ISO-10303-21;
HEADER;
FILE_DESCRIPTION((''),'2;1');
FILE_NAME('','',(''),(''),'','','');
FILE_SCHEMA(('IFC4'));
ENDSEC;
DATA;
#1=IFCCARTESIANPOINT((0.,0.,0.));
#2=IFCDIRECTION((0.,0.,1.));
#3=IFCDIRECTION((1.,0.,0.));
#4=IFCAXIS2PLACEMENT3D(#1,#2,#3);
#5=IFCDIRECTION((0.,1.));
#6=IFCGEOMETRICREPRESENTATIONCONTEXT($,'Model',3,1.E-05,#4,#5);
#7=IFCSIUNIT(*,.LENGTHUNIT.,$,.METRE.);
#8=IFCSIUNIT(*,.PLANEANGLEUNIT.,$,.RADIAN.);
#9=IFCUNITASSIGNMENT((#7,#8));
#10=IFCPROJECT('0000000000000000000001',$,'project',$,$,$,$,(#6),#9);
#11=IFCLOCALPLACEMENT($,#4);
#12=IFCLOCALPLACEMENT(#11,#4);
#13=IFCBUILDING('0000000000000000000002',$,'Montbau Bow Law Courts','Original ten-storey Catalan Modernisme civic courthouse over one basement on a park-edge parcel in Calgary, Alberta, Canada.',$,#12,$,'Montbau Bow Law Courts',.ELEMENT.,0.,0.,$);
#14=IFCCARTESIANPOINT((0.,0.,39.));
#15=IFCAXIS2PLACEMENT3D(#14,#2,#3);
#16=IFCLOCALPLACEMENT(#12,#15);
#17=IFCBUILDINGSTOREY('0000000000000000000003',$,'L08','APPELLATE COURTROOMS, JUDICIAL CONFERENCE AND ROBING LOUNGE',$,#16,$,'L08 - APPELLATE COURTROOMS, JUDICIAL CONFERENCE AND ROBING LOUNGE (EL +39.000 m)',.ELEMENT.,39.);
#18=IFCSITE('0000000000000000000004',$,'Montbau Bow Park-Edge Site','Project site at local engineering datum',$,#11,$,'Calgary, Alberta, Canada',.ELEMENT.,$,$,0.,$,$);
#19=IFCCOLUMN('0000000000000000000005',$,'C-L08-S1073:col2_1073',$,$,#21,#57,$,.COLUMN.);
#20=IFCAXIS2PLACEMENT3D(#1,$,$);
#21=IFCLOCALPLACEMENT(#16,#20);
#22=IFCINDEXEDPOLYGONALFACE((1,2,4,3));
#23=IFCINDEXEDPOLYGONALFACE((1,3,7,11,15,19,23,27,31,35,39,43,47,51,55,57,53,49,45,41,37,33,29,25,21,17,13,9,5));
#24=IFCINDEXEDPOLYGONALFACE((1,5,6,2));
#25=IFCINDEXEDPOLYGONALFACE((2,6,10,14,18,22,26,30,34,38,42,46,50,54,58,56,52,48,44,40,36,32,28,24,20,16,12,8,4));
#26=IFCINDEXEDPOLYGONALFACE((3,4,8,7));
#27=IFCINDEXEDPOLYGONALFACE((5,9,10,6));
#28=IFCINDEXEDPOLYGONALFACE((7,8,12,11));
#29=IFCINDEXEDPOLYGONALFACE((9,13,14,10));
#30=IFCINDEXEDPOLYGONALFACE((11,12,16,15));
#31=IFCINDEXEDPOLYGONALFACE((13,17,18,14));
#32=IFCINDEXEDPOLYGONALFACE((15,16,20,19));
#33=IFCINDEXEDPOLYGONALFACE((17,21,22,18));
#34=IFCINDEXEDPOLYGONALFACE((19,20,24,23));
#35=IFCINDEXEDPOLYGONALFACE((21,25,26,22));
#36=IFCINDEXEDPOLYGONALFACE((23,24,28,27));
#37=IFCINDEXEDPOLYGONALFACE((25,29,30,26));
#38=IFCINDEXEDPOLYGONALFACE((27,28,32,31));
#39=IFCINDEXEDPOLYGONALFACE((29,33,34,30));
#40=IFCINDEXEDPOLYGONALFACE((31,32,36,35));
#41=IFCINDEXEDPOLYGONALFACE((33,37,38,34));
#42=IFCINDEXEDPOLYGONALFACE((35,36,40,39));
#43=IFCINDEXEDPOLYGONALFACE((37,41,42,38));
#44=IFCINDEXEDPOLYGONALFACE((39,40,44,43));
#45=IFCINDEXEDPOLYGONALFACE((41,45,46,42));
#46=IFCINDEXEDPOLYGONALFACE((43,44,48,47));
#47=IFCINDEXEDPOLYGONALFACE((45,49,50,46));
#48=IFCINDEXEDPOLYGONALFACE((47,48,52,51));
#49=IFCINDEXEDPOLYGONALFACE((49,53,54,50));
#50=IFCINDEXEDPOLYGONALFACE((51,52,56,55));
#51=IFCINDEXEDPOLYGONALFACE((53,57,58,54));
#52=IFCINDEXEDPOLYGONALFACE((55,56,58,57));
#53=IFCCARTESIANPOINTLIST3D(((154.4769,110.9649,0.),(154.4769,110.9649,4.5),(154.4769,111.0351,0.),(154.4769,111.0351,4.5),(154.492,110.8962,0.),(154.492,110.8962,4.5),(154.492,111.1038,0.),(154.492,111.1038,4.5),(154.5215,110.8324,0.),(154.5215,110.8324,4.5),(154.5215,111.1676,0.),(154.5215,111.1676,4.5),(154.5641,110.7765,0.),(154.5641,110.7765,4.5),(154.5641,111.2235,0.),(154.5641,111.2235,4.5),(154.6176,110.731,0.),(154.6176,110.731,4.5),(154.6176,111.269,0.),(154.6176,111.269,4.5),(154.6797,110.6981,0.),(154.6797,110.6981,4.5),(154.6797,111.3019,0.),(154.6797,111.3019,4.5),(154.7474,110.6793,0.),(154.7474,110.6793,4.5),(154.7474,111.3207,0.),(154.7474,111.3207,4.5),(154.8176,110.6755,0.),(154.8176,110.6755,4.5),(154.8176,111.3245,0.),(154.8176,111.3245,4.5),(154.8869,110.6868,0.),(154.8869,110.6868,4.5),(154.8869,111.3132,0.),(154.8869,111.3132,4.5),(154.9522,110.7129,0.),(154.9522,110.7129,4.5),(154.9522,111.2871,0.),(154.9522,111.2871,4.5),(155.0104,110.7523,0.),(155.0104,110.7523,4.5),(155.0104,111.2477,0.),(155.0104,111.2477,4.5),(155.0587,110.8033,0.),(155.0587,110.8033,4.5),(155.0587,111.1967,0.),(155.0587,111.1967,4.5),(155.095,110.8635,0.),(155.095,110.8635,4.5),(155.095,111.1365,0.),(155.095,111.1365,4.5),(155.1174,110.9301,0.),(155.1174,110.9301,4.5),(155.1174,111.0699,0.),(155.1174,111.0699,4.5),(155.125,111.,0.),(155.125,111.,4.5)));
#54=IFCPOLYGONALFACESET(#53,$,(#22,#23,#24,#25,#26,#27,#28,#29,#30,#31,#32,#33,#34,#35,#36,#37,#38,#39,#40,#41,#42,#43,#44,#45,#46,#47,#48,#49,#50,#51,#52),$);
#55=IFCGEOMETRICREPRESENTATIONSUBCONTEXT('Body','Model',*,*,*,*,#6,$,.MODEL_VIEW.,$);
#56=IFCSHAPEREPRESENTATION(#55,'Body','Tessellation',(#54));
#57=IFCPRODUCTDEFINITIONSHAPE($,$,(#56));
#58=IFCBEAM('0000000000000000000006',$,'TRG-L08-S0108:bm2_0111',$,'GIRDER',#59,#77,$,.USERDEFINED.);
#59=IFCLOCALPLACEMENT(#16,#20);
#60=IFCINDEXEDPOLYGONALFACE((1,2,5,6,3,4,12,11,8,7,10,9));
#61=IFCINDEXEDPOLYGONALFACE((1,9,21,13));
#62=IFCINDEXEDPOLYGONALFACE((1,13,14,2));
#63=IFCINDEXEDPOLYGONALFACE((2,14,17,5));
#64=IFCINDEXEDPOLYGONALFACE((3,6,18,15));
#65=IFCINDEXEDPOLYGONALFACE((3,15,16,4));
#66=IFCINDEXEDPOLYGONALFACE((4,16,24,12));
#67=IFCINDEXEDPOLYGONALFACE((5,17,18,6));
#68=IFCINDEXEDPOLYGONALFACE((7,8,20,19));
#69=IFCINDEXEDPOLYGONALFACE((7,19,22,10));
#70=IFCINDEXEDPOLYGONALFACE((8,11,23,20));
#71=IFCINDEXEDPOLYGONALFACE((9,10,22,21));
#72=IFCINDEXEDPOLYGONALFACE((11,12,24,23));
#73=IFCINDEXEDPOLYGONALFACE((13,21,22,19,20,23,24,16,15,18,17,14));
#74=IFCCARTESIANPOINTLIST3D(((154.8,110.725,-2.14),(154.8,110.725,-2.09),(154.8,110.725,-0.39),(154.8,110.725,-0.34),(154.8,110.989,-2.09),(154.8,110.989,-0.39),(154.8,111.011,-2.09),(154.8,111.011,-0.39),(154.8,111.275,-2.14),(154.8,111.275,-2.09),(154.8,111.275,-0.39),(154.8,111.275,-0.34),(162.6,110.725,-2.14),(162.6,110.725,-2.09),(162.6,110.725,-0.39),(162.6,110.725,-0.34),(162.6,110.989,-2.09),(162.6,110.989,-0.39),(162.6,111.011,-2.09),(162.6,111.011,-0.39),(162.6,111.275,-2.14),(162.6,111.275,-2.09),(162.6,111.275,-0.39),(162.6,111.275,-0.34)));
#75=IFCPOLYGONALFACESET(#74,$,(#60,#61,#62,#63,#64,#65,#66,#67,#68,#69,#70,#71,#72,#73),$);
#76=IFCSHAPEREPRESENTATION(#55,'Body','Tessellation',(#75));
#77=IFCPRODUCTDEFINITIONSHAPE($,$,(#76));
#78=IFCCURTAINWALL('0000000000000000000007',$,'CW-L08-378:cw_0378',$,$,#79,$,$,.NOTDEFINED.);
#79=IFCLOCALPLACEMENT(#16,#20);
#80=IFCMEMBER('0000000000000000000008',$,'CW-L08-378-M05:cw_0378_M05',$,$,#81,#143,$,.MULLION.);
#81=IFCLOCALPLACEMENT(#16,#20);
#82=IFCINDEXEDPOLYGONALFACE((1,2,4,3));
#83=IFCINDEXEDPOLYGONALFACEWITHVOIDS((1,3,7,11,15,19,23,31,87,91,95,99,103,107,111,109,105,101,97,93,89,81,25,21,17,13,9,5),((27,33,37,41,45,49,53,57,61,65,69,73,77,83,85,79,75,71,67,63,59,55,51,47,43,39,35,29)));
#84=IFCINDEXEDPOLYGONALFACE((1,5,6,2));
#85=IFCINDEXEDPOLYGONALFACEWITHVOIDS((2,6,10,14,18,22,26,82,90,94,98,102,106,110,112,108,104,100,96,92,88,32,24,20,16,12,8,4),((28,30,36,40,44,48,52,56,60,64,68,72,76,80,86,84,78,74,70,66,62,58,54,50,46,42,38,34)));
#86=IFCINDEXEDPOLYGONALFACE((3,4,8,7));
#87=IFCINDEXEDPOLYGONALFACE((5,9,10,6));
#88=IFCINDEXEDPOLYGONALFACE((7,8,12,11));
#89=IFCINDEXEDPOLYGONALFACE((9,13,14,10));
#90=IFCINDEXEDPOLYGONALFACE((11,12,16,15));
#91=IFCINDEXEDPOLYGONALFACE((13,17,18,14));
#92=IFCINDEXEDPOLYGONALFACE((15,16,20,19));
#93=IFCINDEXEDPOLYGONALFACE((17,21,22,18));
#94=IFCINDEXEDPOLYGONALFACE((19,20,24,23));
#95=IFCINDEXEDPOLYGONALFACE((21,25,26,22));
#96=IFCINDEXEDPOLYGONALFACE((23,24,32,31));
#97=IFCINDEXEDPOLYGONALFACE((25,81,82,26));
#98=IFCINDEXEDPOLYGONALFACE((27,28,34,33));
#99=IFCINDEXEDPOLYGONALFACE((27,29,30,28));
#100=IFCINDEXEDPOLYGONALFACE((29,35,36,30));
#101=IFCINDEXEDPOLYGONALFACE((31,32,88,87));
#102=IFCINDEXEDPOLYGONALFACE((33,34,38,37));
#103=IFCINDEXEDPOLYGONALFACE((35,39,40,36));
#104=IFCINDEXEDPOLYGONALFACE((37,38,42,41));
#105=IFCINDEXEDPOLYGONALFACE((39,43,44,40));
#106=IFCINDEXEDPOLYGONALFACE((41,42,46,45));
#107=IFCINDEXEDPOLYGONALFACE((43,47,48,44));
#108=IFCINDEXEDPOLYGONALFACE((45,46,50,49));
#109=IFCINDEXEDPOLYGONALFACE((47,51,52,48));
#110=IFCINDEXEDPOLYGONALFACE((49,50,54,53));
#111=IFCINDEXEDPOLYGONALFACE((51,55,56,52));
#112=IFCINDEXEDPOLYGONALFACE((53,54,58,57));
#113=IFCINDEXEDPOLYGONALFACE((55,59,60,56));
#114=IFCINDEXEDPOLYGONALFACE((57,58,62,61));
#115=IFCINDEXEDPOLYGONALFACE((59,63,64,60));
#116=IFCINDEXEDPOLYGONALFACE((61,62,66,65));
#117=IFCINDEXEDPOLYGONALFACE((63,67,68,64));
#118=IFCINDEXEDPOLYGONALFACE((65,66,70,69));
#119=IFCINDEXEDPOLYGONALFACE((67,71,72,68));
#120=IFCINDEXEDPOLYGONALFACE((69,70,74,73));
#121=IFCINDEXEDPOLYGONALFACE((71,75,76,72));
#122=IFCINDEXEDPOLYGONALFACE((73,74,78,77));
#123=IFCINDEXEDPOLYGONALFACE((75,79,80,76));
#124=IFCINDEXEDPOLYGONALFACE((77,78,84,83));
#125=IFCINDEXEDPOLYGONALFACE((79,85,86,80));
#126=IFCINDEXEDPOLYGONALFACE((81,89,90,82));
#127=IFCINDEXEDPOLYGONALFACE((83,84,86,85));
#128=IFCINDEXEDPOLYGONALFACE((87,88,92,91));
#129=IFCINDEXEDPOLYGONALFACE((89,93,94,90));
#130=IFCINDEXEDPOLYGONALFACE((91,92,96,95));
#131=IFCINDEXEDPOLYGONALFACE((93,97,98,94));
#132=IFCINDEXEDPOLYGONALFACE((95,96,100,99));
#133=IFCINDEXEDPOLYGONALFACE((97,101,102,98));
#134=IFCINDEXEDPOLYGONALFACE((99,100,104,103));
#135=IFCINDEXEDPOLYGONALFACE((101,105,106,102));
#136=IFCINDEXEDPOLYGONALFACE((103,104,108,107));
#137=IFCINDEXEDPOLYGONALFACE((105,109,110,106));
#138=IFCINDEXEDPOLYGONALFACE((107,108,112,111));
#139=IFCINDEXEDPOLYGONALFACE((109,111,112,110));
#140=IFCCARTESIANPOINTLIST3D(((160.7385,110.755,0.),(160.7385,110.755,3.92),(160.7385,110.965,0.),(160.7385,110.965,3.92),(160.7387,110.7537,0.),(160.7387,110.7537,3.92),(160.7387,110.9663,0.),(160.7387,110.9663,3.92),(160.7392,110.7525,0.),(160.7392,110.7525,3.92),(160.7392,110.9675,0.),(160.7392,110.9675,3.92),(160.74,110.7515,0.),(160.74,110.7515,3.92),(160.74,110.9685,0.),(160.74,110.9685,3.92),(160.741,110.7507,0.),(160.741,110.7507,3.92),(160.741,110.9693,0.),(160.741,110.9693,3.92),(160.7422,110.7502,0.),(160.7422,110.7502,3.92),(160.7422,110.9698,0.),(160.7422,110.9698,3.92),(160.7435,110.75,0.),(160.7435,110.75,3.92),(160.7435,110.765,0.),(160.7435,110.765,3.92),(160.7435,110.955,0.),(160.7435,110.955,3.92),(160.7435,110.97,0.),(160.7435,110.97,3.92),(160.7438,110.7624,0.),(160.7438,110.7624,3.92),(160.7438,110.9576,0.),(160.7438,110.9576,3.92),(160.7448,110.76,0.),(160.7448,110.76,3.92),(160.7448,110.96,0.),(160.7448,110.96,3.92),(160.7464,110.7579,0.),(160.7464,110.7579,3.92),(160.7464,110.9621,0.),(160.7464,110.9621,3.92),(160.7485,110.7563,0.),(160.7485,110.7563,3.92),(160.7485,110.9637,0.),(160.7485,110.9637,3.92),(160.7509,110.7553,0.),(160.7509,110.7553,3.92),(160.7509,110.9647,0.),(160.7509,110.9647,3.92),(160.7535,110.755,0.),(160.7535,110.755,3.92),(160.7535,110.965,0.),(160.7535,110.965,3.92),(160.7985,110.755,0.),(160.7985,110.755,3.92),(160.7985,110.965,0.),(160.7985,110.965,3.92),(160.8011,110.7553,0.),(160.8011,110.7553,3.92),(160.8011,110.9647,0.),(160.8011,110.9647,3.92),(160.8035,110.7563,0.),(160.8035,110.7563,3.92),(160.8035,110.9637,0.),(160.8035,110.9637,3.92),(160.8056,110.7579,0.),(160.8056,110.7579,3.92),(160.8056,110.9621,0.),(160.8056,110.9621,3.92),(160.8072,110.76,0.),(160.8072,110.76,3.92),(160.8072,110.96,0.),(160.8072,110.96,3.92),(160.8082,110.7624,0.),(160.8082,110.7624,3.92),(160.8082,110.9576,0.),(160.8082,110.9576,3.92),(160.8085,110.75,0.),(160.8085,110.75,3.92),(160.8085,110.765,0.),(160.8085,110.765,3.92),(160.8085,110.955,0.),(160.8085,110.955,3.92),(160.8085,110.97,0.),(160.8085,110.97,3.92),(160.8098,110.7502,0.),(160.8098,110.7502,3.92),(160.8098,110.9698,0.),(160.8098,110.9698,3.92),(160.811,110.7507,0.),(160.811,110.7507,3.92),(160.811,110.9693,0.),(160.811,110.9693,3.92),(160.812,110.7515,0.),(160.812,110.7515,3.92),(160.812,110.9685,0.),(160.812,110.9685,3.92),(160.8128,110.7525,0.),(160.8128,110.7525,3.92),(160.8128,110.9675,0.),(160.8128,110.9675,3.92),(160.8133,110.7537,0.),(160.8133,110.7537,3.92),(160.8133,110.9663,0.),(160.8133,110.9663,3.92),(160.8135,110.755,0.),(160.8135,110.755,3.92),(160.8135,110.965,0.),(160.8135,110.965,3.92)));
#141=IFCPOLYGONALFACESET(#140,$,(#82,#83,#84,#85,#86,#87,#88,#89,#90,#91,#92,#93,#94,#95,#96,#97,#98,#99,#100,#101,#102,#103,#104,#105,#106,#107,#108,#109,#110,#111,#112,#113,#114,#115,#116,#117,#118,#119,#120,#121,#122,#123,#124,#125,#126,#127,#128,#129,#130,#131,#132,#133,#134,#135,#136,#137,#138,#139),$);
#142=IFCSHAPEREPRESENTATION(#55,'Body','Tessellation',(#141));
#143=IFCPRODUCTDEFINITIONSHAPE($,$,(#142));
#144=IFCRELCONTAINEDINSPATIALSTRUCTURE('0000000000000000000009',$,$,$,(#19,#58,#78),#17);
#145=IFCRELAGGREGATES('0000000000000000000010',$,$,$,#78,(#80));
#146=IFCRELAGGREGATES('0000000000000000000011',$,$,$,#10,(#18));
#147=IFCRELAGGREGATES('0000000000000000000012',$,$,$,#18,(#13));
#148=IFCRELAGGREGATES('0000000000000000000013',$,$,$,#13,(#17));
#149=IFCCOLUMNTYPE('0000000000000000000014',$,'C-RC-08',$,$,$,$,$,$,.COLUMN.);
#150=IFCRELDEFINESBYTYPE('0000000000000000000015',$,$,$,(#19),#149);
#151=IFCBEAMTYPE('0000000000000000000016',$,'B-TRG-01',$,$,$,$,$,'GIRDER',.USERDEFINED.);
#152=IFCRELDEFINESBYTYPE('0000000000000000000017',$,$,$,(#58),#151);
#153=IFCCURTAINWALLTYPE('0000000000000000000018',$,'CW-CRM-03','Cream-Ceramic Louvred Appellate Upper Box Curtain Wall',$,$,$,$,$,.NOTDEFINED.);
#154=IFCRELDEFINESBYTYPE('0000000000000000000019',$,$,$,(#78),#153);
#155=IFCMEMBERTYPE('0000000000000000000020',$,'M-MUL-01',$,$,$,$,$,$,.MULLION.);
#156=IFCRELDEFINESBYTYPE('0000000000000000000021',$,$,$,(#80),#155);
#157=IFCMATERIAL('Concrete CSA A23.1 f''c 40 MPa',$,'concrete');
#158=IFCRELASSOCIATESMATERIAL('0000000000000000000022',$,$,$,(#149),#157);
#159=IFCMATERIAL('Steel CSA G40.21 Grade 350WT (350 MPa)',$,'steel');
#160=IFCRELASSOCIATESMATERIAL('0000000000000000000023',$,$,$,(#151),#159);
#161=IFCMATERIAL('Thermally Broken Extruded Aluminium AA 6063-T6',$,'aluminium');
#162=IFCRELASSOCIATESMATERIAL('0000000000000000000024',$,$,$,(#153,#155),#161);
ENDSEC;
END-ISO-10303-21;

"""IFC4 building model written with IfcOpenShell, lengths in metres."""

from ifc_helpers import new_model, si_unit, direction, frame, origin_with_axes, origin_2d_with_axis, place, context, subcontext, project, spatial, hollow_rectangle, circle, i_section, extrude, material, material_profile, profile_set, type_object, element, aggregate, save


model = new_model("IFC4")

# Units and contexts
model_context = context("Model", 3, precision=1e-05, world=origin_with_axes(), true_north=direction((0.0, 1.0)))
body_context = subcontext(model_context, "Body", "Model", "MODEL_VIEW")
ifc_project = project(units=[si_unit("LENGTHUNIT", "METRE"), si_unit("PLANEANGLEUNIT", "RADIAN")], contexts=[model_context])

# Site, building, storey
site_placement = place(None, origin_with_axes())
site = spatial("IfcSite", under=ifc_project, at=site_placement, Name="Montbau Bow Park-Edge Site", Description="Project site at local engineering datum", LongName="Calgary, Alberta, Canada", CompositionType="ELEMENT", RefElevation=0.0)
building_placement = place(site_placement, origin_with_axes())
building = spatial("IfcBuilding", under=site, at=building_placement, Name="Montbau Bow Law Courts", Description="Original ten-storey Catalan Modernisme civic courthouse over one basement on a park-edge parcel in Calgary, Alberta, Canada.", LongName="Montbau Bow Law Courts", CompositionType="ELEMENT", ElevationOfRefHeight=0.0, ElevationOfTerrain=0.0)
storey_placement = place(building_placement, frame((0.0, 0.0, 39.0), z_axis=(0.0, 0.0, 1.0), x_axis=(1.0, 0.0, 0.0)))
storey = spatial("IfcBuildingStorey", under=building, at=storey_placement, Name="L08", Description="APPELLATE COURTROOMS, JUDICIAL CONFERENCE AND ROBING LOUNGE", LongName="L08 - APPELLATE COURTROOMS, JUDICIAL CONFERENCE AND ROBING LOUNGE (EL +39.000 m)", CompositionType="ELEMENT", Elevation=39.0)

# Column
ifc_material_1 = material(Name="Concrete CSA A23.1 f'c 40 MPa", Category="concrete")
ifc_material_profile_1 = material_profile(ifc_material_1, circle(Radius=0.325, at=origin_2d_with_axis()), Name="RC650D", Category="Main", Priority=0)
ifc_profile_set_1 = profile_set([ifc_material_profile_1], Name="Concrete CSA A23.1 f'c 40 MPa")
column_type = type_object("IfcColumnType", Name="C-RC-08", PredefinedType="COLUMN", material=ifc_profile_set_1)
column_placement = place(None, frame((154.8, 111.0, 39.0), z_axis=(0.0, 0.0, 1.0), x_axis=(1.0, 0.0, 0.0)))
element("IfcColumn", 1, at=column_placement, inside=storey, type_object=column_type, Name="C-L08-S1073:col2_1073", PredefinedType="COLUMN", context=body_context, shape_type="SweptSolid", body=[
    extrude(circle(Radius=0.325, at=origin_2d_with_axis()), origin_with_axes(), (0.0, 0.0, 1.0), 4.5),
])

# Beam
ifc_material_2 = material(Name="Steel CSA G40.21 Grade 350WT (350 MPa)", Category="steel")
ifc_material_profile_2 = material_profile(ifc_material_2, i_section(OverallWidth=0.55, OverallDepth=1.8, WebThickness=0.022, FlangeThickness=0.05, at=origin_2d_with_axis()), Name="WWF1800X550", Category="Main", Priority=0)
ifc_profile_set_2 = profile_set([ifc_material_profile_2], Name="Steel CSA G40.21 Grade 350WT (350 MPa)")
beam_type = type_object("IfcBeamType", Name="B-TRG-01", ElementType="GIRDER", PredefinedType="USERDEFINED", material=ifc_profile_set_2)
beam_placement = place(None, frame((154.8, 111.0, 37.76), z_axis=(1.0, 0.0, 0.0), x_axis=(0.0, 1.0, 0.0)))
element("IfcBeam", 2, at=beam_placement, inside=storey, type_object=beam_type, Name="TRG-L08-S0108:bm2_0111", ObjectType="GIRDER", PredefinedType="USERDEFINED", context=body_context, shape_type="SweptSolid", body=[
    extrude(i_section(OverallWidth=0.55, OverallDepth=1.8, WebThickness=0.022, FlangeThickness=0.05, at=origin_2d_with_axis()), origin_with_axes(), (0.0, 0.0, 1.0), 7.8),
])

# Curtain wall, member
ifc_material_3 = material(Name="Thermally Broken Extruded Aluminium AA 6063-T6", Category="aluminium")
curtain_wall_type = type_object("IfcCurtainWallType", Name="CW-CRM-03", Description="Cream-Ceramic Louvred Appellate Upper Box Curtain Wall", PredefinedType="NOTDEFINED", material=ifc_material_3)
curtain_wall_placement = place(None, frame((155.24, 110.86, 39.0), z_axis=(0.0, 0.0, 1.0), x_axis=(1.0, 0.0, 0.0)))
curtain_wall = element("IfcCurtainWall", 3, at=curtain_wall_placement, inside=storey, type_object=curtain_wall_type, Name="CW-L08-378:cw_0378", PredefinedType="NOTDEFINED")
ifc_material_profile_3 = material_profile(ifc_material_3, hollow_rectangle(XDim=0.075, YDim=0.22, WallThickness=0.005, InnerFilletRadius=0.01, OuterFilletRadius=0.005, at=origin_2d_with_axis()), Name="CWM-220X75", Category="Main", Priority=0)
ifc_profile_set_3 = profile_set([ifc_material_profile_3], Name="Thermally Broken Extruded Aluminium AA 6063-T6")
member_type_1 = type_object("IfcMemberType", Name="M-MUL-01", PredefinedType="MULLION", material=ifc_profile_set_3)
member_1_placement = place(None, frame((160.776, 110.86, 39.0), z_axis=(0.0, 0.0, 1.0), x_axis=(1.0, 0.0, 0.0)))
member_1 = element("IfcMember", 4, at=member_1_placement, type_object=member_type_1, Name="CW-L08-378-M05:cw_0378_M05", PredefinedType="MULLION", context=body_context, shape_type="SweptSolid", body=[
    extrude(hollow_rectangle(XDim=0.075, YDim=0.22, WallThickness=0.005, InnerFilletRadius=0.01, OuterFilletRadius=0.005, at=origin_2d_with_axis()), origin_with_axes(), (0.0, 0.0, 1.0), 3.92),
])
aggregate(curtain_wall, [member_1])

save(model, "model.ifc")
